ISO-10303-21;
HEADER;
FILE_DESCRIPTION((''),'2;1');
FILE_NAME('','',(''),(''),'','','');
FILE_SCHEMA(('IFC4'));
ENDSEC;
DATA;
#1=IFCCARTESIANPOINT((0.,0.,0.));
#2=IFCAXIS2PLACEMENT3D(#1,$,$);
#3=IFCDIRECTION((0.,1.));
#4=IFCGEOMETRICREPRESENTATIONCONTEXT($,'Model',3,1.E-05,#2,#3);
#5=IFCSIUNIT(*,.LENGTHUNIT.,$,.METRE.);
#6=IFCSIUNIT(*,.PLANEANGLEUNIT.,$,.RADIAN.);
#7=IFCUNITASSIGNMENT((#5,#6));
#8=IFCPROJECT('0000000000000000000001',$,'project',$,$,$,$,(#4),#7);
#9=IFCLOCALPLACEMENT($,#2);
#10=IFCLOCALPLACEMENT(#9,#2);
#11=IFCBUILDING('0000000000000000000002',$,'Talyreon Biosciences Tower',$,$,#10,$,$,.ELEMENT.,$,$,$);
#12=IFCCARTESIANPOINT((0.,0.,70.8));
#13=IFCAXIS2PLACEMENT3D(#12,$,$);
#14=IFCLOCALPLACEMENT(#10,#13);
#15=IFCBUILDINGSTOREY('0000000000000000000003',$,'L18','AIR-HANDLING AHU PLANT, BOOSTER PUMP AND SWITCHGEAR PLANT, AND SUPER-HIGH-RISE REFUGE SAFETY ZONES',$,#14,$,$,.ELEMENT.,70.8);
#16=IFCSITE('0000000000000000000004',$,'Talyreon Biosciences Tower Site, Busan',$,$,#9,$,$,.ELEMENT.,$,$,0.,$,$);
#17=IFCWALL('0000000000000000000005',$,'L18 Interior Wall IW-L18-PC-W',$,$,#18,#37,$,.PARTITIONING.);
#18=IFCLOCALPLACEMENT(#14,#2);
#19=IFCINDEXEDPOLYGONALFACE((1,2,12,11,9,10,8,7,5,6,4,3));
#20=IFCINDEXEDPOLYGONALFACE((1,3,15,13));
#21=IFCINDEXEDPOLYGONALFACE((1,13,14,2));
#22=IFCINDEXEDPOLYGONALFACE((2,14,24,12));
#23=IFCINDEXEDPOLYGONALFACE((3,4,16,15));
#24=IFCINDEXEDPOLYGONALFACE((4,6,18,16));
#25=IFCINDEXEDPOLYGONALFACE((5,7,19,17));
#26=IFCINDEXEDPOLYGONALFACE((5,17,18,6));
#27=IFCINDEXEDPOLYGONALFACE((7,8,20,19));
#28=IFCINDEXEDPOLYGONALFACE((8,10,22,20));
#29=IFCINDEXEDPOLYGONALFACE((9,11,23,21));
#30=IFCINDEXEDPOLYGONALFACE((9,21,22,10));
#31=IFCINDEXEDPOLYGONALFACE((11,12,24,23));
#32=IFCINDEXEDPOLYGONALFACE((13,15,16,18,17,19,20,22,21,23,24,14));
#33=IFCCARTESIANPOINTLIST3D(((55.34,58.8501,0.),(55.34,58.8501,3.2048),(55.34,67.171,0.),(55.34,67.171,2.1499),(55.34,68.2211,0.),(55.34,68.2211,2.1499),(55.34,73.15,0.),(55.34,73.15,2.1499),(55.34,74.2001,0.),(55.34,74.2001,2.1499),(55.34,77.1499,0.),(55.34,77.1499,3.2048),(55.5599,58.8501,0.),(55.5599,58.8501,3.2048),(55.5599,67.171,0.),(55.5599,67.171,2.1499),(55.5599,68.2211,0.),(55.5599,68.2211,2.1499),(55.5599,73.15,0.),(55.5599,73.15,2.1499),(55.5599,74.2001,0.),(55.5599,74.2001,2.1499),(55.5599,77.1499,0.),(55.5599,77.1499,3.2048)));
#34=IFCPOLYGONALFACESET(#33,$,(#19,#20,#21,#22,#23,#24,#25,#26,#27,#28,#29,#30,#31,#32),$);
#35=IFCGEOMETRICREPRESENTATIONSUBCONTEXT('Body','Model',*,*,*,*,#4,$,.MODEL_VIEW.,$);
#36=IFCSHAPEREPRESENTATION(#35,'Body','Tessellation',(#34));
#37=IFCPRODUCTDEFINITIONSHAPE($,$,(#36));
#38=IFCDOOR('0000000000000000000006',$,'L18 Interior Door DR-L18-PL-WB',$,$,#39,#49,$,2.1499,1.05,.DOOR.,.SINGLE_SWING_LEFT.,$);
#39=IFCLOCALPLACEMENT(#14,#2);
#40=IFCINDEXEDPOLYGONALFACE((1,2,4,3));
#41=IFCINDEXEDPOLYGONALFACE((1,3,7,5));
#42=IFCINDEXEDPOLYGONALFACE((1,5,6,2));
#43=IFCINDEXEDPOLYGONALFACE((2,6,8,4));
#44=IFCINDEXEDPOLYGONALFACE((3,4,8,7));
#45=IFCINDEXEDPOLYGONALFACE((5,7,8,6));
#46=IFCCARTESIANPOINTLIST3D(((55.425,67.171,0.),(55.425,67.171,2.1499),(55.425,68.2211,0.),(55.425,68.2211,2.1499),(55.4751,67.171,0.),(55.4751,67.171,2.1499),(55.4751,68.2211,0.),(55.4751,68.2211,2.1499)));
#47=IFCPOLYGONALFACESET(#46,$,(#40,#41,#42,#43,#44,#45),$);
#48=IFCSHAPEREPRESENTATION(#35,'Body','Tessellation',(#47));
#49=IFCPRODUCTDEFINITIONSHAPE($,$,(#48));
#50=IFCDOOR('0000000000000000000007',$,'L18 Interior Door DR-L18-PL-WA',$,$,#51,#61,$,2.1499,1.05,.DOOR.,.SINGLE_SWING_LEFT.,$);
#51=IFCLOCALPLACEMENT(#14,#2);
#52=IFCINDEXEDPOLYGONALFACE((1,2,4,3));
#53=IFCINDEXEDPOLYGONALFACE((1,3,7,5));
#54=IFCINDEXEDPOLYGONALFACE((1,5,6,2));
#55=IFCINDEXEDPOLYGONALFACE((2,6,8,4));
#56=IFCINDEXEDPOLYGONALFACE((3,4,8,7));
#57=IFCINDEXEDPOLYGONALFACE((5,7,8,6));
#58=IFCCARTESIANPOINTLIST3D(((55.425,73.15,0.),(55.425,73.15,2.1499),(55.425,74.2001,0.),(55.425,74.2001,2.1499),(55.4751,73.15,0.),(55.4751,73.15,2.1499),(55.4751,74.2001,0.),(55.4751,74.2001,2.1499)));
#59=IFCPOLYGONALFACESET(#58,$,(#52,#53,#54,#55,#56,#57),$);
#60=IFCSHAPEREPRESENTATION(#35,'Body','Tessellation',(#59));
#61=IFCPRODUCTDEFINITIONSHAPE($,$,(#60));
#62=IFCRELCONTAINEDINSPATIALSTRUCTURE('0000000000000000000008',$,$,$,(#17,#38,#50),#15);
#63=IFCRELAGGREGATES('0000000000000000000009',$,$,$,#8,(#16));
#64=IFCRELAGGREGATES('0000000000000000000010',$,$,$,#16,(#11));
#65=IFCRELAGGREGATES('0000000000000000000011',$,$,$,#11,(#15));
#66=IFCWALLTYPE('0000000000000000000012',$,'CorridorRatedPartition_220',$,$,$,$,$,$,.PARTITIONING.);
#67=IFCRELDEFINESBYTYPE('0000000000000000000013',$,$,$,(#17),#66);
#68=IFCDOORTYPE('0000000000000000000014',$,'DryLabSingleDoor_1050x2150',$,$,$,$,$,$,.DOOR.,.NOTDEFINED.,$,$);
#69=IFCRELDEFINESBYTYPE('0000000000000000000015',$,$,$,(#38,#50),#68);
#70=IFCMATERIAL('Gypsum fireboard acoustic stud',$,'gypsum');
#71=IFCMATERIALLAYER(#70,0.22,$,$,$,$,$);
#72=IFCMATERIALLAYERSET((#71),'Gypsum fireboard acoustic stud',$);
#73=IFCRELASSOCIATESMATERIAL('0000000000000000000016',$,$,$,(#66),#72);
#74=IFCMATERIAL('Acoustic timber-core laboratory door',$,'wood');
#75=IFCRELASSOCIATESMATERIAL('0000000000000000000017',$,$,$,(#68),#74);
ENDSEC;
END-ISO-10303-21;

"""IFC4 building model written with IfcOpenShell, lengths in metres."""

from ifc_helpers import new_model, si_unit, direction, frame, frame_2d, origin, place, context, subcontext, project, spatial, rectangle, extrude, material, layer, layer_set, type_object, element, fill, save


model = new_model("IFC4")

# Units and contexts
model_context = context("Model", 3, precision=1e-05, world=origin(), true_north=direction((0.0, 1.0)))
body_context = subcontext(model_context, "Body", "Model", "MODEL_VIEW")
ifc_project = project(units=[si_unit("LENGTHUNIT", "METRE"), si_unit("PLANEANGLEUNIT", "RADIAN")], contexts=[model_context])

# Site, building, storey
site_placement = place(None, origin())
site = spatial("IfcSite", under=ifc_project, at=site_placement, Name="Talyreon Biosciences Tower Site, Busan", CompositionType="ELEMENT", RefElevation=0.0)
building_placement = place(site_placement, origin())
building = spatial("IfcBuilding", under=site, at=building_placement, Name="Talyreon Biosciences Tower", CompositionType="ELEMENT")
storey_placement = place(building_placement, frame((0.0, 0.0, 70.8)))
storey = spatial("IfcBuildingStorey", under=building, at=storey_placement, Name="L18", Description="AIR-HANDLING AHU PLANT, BOOSTER PUMP AND SWITCHGEAR PLANT, AND SUPER-HIGH-RISE REFUGE SAFETY ZONES", CompositionType="ELEMENT", Elevation=70.8)

# Shared definitions
ifc_material_1 = material(Name="Gypsum fireboard acoustic stud", Category="gypsum")
ifc_layer_1 = layer(ifc_material_1, 0.22)
ifc_layer_set_1 = layer_set([ifc_layer_1], Name="Gypsum fireboard acoustic stud")
wall_type = type_object("IfcWallType", Name="CorridorRatedPartition_220", PredefinedType="PARTITIONING", material=ifc_layer_set_1)

# Wall, openings, doors
wall_1_placement = place(storey_placement, frame((55.45, 58.8501, 0.0), z_axis=(0.0, 0.0, 1.0), x_axis=(0.0, 1.0, 0.0)))
wall_1 = element("IfcWall", 1, at=wall_1_placement, inside=storey, type_object=wall_type, Name="L18 Interior Wall IW-L18-PC-W", PredefinedType="PARTITIONING", context=body_context, shape_type="SweptSolid", body=[
    extrude(rectangle(XDim=18.2998, YDim=0.22, at=frame_2d((9.1499, 0.0))), origin(), (0.0, 0.0, 1.0), 3.2048),
])
opening_1_placement = place(wall_1_placement, frame((8.321, 0.0, 0.0)))
opening_1 = element("IfcOpeningElement", 2, at=opening_1_placement, cuts=wall_1, PredefinedType="OPENING", context=body_context, shape_type="SweptSolid", body=[
    extrude(rectangle(XDim=1.05, YDim=2.1499, at=frame_2d((0.5249, 1.075))), frame((0.0, 0.1199, 0.0), z_axis=(0.0, -1.0, 0.0), x_axis=(1.0, 0.0, 0.0)), (0.0, 0.0, 1.0), 0.24),
])
opening_2_placement = place(wall_1_placement, frame((14.3, 0.0, 0.0)))
opening_2 = element("IfcOpeningElement", 3, at=opening_2_placement, cuts=wall_1, PredefinedType="OPENING", context=body_context, shape_type="SweptSolid", body=[
    extrude(rectangle(XDim=1.05, YDim=2.1499, at=frame_2d((0.5249, 1.075))), frame((0.0, 0.1199, 0.0), z_axis=(0.0, -1.0, 0.0), x_axis=(1.0, 0.0, 0.0)), (0.0, 0.0, 1.0), 0.24),
])
ifc_material_2 = material(Name="Acoustic timber-core laboratory door", Category="wood")
door_type_1 = type_object("IfcDoorType", Name="DryLabSingleDoor_1050x2150", OperationType="NOTDEFINED", PredefinedType="DOOR", material=ifc_material_2)
door_1_placement = place(opening_1_placement, origin())
door_1 = element("IfcDoor", 4, at=door_1_placement, inside=storey, type_object=door_type_1, Name="L18 Interior Door DR-L18-PL-WB", OperationType="SINGLE_SWING_LEFT", OverallHeight=2.1499, OverallWidth=1.05, PredefinedType="DOOR", context=body_context, shape_type="SweptSolid", body=[
    extrude(rectangle(XDim=1.05, YDim=2.1499, at=frame_2d((0.5249, 1.075))), frame((0.0, 0.0249, 0.0), z_axis=(0.0, -1.0, 0.0), x_axis=(1.0, 0.0, 0.0)), (0.0, 0.0, 1.0), 0.05),
])
fill(opening_1, door_1)
door_2_placement = place(opening_2_placement, origin())
door_2 = element("IfcDoor", 5, at=door_2_placement, inside=storey, type_object=door_type_1, Name="L18 Interior Door DR-L18-PL-WA", OperationType="SINGLE_SWING_LEFT", OverallHeight=2.1499, OverallWidth=1.05, PredefinedType="DOOR", context=body_context, shape_type="SweptSolid", body=[
    extrude(rectangle(XDim=1.05, YDim=2.1499, at=frame_2d((0.5249, 1.075))), frame((0.0, 0.0249, 0.0), z_axis=(0.0, -1.0, 0.0), x_axis=(1.0, 0.0, 0.0)), (0.0, 0.0, 1.0), 0.05),
])
fill(opening_2, door_2)

save(model, "model.ifc")
